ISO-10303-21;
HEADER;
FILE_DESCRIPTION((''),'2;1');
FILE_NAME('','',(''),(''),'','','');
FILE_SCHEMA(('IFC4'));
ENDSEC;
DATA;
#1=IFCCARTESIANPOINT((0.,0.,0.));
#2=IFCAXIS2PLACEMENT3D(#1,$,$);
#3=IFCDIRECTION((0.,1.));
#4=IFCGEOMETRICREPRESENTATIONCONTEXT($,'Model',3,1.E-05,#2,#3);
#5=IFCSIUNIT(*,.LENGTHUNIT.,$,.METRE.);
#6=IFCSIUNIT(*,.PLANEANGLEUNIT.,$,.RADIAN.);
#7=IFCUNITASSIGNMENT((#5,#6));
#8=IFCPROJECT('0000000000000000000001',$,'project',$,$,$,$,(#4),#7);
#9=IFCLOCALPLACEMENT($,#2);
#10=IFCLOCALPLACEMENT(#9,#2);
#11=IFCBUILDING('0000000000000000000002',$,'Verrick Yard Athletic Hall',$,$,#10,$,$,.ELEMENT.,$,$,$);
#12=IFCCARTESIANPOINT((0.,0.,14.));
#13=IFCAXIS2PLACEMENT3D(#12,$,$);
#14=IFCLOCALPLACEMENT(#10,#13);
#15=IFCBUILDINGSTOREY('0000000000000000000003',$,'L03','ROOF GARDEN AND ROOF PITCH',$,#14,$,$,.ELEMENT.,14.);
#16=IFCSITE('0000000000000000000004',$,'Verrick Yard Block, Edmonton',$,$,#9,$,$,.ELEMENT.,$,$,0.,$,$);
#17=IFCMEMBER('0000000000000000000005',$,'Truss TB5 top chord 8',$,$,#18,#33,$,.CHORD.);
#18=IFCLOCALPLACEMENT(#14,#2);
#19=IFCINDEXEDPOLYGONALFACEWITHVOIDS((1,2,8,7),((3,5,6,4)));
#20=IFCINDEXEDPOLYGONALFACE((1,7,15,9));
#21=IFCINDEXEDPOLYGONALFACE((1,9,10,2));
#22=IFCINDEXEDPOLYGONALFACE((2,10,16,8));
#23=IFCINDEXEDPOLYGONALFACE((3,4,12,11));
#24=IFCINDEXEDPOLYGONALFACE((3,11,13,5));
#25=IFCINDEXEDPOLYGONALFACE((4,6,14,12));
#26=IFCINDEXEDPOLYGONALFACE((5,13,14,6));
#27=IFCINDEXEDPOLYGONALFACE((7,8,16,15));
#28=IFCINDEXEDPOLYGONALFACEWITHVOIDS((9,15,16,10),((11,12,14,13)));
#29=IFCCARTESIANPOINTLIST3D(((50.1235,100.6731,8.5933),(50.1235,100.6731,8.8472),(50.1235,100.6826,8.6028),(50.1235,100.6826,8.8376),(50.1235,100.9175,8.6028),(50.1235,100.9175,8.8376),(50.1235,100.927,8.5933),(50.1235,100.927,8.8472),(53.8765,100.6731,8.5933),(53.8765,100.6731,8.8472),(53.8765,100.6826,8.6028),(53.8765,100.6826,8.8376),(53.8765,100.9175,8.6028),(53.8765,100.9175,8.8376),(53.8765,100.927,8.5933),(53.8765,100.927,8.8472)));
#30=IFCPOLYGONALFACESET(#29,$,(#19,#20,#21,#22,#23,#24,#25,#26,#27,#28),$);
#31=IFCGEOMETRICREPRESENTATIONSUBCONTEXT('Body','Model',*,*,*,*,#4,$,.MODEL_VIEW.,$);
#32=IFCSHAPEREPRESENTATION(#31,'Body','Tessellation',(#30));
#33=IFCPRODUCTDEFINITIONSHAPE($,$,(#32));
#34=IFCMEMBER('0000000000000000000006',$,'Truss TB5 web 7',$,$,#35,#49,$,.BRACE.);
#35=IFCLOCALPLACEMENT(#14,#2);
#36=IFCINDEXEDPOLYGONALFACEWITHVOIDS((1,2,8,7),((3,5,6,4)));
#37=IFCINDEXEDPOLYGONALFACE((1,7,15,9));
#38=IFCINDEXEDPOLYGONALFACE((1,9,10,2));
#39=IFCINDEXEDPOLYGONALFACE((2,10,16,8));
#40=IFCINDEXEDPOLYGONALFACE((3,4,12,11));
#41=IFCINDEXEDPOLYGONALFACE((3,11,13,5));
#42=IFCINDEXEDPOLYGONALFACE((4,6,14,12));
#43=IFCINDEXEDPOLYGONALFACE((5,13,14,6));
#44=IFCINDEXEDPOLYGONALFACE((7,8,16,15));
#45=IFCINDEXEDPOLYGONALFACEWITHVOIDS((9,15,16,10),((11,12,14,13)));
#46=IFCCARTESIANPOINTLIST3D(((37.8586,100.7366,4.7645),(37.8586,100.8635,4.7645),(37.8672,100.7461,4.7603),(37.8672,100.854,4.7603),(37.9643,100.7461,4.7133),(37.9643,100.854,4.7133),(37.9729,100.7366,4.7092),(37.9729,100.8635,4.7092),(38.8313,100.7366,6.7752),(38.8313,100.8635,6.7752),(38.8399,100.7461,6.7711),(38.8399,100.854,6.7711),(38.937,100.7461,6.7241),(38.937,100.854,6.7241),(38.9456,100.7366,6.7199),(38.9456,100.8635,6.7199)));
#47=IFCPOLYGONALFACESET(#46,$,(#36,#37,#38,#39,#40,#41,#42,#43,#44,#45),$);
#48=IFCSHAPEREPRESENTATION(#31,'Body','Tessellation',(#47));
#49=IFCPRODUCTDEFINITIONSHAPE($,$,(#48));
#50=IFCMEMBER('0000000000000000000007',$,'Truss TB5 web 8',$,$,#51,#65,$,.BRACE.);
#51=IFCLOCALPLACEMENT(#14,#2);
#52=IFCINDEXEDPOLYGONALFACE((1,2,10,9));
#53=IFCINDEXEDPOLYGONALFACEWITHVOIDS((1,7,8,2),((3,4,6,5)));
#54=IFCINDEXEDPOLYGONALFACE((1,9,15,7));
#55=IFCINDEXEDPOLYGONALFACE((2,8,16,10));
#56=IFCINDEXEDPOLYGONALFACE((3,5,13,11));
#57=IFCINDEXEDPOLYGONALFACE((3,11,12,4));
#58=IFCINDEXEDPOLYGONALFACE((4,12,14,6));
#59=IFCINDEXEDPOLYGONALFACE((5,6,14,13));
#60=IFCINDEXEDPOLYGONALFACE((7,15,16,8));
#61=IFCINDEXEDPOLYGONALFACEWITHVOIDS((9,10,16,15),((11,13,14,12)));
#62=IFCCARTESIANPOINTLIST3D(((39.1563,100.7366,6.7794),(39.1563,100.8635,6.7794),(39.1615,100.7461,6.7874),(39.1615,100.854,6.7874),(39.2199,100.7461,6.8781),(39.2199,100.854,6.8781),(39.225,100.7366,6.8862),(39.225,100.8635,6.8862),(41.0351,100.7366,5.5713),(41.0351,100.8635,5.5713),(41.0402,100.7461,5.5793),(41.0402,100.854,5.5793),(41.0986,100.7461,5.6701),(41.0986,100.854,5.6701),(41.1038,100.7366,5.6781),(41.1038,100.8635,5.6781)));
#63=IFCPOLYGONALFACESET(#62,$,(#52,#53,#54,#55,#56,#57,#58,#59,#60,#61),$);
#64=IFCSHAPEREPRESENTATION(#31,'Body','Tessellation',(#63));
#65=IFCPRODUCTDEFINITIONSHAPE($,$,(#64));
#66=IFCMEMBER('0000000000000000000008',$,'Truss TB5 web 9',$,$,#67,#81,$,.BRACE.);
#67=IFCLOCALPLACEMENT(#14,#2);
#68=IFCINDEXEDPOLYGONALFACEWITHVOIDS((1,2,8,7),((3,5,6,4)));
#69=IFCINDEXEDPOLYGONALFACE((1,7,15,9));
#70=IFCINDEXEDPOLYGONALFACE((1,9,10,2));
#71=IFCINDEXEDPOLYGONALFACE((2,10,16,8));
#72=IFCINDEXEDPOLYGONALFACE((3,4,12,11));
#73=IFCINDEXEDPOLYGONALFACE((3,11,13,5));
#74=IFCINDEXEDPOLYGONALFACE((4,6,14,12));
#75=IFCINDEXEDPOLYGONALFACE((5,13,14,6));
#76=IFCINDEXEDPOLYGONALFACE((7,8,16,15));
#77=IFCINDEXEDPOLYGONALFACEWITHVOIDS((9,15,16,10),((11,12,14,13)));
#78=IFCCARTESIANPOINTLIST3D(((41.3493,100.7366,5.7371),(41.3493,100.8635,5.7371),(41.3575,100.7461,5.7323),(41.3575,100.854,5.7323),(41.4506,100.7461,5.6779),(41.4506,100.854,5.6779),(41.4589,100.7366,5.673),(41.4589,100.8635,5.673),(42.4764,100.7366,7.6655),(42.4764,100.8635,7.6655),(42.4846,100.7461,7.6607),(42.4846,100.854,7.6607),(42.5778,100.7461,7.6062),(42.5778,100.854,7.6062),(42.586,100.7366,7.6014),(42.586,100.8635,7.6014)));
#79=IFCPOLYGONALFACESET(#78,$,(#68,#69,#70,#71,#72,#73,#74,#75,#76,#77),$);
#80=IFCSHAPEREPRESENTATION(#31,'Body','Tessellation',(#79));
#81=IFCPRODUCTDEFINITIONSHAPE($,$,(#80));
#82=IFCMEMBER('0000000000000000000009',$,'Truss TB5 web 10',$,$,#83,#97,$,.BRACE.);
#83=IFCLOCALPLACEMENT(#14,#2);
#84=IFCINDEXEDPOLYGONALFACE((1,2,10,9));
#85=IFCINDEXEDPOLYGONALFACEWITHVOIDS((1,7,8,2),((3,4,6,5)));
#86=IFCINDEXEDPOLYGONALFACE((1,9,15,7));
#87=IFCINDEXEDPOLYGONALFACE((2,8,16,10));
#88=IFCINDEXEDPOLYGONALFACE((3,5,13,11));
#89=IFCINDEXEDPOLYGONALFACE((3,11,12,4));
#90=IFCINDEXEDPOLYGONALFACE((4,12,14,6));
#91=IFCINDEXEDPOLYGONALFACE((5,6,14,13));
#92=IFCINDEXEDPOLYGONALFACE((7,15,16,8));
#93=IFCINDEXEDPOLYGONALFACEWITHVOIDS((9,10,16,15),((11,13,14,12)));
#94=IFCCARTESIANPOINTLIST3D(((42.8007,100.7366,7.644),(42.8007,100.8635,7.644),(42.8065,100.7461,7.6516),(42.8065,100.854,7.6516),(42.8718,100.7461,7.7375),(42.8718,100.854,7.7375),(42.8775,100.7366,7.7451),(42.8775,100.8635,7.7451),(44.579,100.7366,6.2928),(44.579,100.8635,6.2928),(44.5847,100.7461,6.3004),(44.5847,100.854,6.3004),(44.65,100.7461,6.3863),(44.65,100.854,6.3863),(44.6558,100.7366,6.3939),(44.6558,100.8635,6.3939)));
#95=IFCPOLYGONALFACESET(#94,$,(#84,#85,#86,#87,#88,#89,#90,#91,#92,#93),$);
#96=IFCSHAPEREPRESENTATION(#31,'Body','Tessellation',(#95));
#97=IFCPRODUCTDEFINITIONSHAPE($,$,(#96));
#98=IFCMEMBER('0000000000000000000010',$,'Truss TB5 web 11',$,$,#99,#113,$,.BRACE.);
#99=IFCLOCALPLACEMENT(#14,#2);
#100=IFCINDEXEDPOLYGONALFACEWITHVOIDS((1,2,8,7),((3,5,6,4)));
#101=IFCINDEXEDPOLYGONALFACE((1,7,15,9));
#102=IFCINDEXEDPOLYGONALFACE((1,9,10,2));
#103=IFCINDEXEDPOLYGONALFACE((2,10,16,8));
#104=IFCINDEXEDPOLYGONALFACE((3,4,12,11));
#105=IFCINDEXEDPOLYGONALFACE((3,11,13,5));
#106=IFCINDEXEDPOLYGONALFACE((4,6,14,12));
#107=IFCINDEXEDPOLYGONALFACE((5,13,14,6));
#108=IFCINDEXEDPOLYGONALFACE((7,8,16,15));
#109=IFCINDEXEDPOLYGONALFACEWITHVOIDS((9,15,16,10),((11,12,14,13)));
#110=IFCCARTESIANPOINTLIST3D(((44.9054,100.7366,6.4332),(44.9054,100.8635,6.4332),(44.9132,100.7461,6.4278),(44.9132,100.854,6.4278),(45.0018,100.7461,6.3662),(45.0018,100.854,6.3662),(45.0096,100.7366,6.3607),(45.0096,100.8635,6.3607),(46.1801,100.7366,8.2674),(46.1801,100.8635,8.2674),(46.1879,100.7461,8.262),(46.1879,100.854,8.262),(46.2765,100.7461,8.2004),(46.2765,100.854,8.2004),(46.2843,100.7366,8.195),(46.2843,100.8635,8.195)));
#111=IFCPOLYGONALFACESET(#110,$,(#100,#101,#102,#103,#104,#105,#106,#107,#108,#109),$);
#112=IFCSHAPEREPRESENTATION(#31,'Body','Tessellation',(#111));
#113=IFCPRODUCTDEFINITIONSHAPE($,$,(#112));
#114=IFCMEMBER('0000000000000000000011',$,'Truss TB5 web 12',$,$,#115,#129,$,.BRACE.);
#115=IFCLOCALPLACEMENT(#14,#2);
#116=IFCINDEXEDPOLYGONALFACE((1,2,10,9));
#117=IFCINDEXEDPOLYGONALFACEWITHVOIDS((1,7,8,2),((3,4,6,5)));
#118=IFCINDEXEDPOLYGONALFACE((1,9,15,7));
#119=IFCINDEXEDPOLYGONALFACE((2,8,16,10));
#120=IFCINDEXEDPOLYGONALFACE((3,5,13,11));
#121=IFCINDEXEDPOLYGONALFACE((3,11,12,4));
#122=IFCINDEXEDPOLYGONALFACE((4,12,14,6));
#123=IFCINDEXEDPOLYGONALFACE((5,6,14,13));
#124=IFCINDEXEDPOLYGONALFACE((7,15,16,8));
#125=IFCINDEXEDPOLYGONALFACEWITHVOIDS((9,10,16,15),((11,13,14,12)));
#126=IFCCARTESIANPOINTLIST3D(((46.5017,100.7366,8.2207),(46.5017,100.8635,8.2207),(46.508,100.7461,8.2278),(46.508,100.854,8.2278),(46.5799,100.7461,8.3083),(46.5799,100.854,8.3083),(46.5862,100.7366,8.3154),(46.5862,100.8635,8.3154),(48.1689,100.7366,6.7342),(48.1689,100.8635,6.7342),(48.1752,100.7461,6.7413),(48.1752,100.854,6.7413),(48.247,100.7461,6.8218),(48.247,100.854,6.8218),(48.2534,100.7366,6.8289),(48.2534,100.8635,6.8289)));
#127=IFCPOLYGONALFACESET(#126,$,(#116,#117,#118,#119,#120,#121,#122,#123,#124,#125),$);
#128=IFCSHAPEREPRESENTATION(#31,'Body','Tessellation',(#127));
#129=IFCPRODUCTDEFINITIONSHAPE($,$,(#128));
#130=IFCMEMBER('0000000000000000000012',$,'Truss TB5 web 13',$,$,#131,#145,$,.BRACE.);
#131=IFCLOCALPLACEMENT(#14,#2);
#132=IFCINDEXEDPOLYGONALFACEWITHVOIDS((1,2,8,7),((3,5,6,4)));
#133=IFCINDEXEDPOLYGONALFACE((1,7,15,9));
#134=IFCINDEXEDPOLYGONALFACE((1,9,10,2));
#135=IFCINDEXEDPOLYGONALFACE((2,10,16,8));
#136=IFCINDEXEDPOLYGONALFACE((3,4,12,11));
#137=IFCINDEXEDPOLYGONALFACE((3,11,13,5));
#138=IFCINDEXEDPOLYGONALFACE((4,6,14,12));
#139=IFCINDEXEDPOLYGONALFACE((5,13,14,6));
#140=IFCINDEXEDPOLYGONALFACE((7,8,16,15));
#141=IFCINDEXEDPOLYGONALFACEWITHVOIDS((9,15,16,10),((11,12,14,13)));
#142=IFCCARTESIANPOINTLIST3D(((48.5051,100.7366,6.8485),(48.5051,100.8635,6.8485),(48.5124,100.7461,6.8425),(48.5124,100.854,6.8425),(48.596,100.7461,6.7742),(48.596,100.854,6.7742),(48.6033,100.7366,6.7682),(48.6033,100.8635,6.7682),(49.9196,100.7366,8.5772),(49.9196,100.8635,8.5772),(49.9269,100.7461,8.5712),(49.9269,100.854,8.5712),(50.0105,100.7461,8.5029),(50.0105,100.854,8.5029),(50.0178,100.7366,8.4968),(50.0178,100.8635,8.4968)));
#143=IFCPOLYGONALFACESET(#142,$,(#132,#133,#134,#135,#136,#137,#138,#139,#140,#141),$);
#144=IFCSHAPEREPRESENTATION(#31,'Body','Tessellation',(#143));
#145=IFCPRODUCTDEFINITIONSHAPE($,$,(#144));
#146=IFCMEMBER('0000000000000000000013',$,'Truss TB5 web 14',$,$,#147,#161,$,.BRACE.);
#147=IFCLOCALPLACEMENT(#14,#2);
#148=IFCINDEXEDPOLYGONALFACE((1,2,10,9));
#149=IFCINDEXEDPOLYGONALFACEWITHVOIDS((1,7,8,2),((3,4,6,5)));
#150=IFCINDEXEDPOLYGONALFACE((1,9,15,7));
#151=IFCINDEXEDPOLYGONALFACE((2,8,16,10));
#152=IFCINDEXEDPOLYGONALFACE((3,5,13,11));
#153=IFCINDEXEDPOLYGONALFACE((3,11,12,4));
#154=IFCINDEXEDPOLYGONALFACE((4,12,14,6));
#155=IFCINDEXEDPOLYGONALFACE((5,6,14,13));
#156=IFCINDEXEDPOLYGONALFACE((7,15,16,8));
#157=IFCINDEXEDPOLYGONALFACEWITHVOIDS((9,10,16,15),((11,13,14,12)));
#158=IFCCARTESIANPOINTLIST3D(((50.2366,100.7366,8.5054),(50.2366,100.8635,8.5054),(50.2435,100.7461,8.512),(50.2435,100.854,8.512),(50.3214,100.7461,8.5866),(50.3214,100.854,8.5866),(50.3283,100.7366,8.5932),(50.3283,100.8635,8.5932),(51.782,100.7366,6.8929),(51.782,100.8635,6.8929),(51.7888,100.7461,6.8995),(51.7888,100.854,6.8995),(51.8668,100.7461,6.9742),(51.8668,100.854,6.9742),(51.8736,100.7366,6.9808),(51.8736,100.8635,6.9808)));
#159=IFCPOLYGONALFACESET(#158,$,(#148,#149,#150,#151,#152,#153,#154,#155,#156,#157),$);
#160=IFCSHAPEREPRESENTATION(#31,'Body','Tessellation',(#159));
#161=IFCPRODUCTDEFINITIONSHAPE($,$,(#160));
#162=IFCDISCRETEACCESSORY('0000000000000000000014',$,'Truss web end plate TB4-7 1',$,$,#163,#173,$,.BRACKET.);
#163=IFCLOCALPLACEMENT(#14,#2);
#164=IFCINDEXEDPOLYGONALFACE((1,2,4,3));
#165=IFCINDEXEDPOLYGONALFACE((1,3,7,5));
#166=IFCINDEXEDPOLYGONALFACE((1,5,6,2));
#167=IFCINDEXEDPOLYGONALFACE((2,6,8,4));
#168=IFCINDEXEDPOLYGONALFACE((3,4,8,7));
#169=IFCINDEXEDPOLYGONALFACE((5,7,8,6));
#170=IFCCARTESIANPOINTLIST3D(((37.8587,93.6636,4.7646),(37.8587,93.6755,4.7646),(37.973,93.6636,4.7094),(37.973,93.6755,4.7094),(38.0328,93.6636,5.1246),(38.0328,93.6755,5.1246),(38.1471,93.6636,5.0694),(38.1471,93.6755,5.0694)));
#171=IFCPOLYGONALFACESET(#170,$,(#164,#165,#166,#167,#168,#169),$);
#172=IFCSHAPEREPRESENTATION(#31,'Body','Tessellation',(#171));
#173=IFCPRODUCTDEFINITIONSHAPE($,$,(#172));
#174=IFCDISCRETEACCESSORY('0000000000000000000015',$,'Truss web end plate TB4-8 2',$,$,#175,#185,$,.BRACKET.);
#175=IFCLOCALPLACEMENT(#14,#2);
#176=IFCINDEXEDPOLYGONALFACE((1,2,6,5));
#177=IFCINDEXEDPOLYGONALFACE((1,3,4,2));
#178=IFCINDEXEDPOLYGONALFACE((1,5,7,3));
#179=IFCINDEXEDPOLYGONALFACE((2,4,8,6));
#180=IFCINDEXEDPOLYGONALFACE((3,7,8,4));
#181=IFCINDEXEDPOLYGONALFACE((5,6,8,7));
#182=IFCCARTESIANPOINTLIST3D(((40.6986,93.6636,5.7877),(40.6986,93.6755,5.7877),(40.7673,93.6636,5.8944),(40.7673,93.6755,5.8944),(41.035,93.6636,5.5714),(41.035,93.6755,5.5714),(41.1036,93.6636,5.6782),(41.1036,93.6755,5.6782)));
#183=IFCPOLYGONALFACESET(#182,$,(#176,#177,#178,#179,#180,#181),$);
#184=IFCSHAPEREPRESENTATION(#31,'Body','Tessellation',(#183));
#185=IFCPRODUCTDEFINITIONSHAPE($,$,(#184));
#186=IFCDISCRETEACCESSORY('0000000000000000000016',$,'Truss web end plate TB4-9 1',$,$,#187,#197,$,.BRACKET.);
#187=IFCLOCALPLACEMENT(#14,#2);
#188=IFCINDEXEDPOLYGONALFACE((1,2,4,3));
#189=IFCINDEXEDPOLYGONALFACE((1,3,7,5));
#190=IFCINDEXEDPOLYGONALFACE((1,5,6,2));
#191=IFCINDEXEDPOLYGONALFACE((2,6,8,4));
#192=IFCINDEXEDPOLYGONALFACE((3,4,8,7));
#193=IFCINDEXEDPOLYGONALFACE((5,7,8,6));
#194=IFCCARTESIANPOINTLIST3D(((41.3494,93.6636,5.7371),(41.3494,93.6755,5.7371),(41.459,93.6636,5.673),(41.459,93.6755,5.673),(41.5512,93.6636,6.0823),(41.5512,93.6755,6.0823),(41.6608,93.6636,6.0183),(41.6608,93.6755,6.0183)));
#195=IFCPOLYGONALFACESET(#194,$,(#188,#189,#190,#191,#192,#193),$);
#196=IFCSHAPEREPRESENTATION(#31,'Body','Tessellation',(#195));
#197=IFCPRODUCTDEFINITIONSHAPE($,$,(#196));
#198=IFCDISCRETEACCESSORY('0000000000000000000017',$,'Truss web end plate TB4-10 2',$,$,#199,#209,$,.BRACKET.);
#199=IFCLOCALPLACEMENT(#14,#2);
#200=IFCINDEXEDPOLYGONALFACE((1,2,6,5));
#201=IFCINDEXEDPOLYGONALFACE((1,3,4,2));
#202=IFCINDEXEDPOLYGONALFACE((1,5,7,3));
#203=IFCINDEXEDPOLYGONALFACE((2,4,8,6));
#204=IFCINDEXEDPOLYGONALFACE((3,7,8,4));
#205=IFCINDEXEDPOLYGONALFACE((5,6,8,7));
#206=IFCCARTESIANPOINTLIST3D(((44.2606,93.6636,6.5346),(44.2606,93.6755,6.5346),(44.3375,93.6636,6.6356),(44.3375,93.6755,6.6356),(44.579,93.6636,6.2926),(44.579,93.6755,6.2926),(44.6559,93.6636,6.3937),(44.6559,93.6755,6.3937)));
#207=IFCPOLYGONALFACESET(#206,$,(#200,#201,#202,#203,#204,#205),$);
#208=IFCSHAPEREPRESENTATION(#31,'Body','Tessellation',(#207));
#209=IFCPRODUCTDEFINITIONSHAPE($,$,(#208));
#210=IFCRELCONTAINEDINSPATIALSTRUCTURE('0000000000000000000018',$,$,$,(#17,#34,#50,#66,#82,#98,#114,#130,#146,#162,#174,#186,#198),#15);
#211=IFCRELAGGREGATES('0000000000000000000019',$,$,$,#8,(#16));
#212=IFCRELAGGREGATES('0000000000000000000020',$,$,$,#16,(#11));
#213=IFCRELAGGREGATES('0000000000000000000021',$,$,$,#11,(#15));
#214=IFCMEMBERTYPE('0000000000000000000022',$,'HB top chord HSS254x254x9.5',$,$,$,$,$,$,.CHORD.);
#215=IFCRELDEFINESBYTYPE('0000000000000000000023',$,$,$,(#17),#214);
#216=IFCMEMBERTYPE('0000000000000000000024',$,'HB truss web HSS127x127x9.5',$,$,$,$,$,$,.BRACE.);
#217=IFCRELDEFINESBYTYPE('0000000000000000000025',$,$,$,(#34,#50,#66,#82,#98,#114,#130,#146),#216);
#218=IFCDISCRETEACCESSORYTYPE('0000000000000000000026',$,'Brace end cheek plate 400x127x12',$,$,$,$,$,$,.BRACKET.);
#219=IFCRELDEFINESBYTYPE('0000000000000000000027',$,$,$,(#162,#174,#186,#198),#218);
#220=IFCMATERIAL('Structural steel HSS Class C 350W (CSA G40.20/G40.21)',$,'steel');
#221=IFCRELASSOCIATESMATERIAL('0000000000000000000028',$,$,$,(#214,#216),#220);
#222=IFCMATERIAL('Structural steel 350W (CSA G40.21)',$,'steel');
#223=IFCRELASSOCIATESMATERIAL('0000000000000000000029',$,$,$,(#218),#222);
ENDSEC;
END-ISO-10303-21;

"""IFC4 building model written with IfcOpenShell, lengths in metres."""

from ifc_helpers import new_model, si_unit, direction, frame, origin, origin_2d, place, context, subcontext, project, spatial, rectangle, hollow_rectangle, extrude, material, material_profile, profile_set, type_object, element, save


model = new_model("IFC4")

# Units and contexts
model_context = context("Model", 3, precision=1e-05, world=origin(), true_north=direction((0.0, 1.0)))
body_context = subcontext(model_context, "Body", "Model", "MODEL_VIEW")
ifc_project = project(units=[si_unit("LENGTHUNIT", "METRE"), si_unit("PLANEANGLEUNIT", "RADIAN")], contexts=[model_context])

# Site, building, storey
site_placement = place(None, origin())
site = spatial("IfcSite", under=ifc_project, at=site_placement, Name="Verrick Yard Block, Edmonton", CompositionType="ELEMENT", RefElevation=0.0)
building_placement = place(site_placement, origin())
building = spatial("IfcBuilding", under=site, at=building_placement, Name="Verrick Yard Athletic Hall", CompositionType="ELEMENT")
storey_placement = place(building_placement, frame((0.0, 0.0, 14.0)))
storey = spatial("IfcBuildingStorey", under=building, at=storey_placement, Name="L03", Description="ROOF GARDEN AND ROOF PITCH", CompositionType="ELEMENT", Elevation=14.0)

# Members
ifc_material_1 = material(Name="Structural steel HSS Class C 350W (CSA G40.20/G40.21)", Category="steel")
ifc_material_profile_1 = material_profile(ifc_material_1, hollow_rectangle(XDim=0.2539, YDim=0.2539, WallThickness=0.0095, at=origin_2d()), Name="HSS254x254x9.5")
ifc_profile_set_1 = profile_set([ifc_material_profile_1], Name="Structural steel HSS Class C 350W (CSA G40.20/G40.21)")
member_type_1 = type_object("IfcMemberType", Name="HB top chord HSS254x254x9.5", PredefinedType="CHORD", material=ifc_profile_set_1)
member_1_placement = place(storey_placement, frame((50.1235, 100.8, 8.7202), z_axis=(1.0, 0.0, 0.0), x_axis=(0.0, 1.0, 0.0)))
element("IfcMember", 1, at=member_1_placement, inside=storey, type_object=member_type_1, Name="Truss TB5 top chord 8", PredefinedType="CHORD", context=body_context, shape_type="SweptSolid", body=[
    extrude(hollow_rectangle(XDim=0.2539, YDim=0.2539, WallThickness=0.0095, at=origin_2d()), origin(), (0.0, 0.0, 1.0), 3.7529),
])
ifc_material_profile_2 = material_profile(ifc_material_1, hollow_rectangle(XDim=0.127, YDim=0.127, WallThickness=0.0095, at=origin_2d()), Name="HSS127x127x9.5")
ifc_profile_set_2 = profile_set([ifc_material_profile_2], Name="Structural steel HSS Class C 350W (CSA G40.20/G40.21)")
member_type_2 = type_object("IfcMemberType", Name="HB truss web HSS127x127x9.5", PredefinedType="BRACE", material=ifc_profile_set_2)
for number, where, z_axis, x_axis, name in (
    (2, (37.9158, 100.8, 4.7368), (0.435458, 0.0, 0.900209), (0.0, 1.0, 0.0), "Truss TB5 web 7"),
    (3, (39.1907, 100.8, 6.8328), (0.841118, 0.0, -0.540852), (0.0, 1.0, 0.0), "Truss TB5 web 8"),
    (4, (41.4041, 100.8, 5.7051), (0.504625, 0.0, 0.863339), (0.0, 1.0, 0.0), "Truss TB5 web 9"),
):
    element("IfcMember", number, at=place(storey_placement, frame(where, z_axis=z_axis, x_axis=x_axis)), inside=storey, type_object=member_type_2, Name=name, PredefinedType="BRACE", context=body_context, shape_type="SweptSolid", body=[
        extrude(hollow_rectangle(XDim=0.127, YDim=0.127, WallThickness=0.0095, at=origin_2d()), origin(), (0.0, 0.0, 1.0), 2.2336),
    ])
member_2_placement = place(storey_placement, frame((42.8391, 100.8, 7.6946), z_axis=(0.796206, 0.0, -0.605025), x_axis=(0.0, 1.0, 0.0)))
element("IfcMember", 5, at=member_2_placement, inside=storey, type_object=member_type_2, Name="Truss TB5 web 10", PredefinedType="BRACE", context=body_context, shape_type="SweptSolid", body=[
    extrude(hollow_rectangle(XDim=0.127, YDim=0.127, WallThickness=0.0095, at=origin_2d()), origin(), (0.0, 0.0, 1.0), 2.2334),
])
for number, where, z_axis, x_axis, name in (
    (6, (44.9575, 100.8, 6.397), (0.570664, 0.0, 0.821184), (0.0, 1.0, 0.0), "Truss TB5 web 11"),
    (7, (46.5439, 100.8, 8.2681), (0.746389, 0.0, -0.66551), (0.0, 1.0, 0.0), "Truss TB5 web 12"),
    (8, (48.5542, 100.8, 6.8083), (0.633268, 0.0, 0.773933), (0.0, 1.0, 0.0), "Truss TB5 web 13"),
):
    element("IfcMember", number, at=place(storey_placement, frame(where, z_axis=z_axis, x_axis=x_axis)), inside=storey, type_object=member_type_2, Name=name, PredefinedType="BRACE", context=body_context, shape_type="SweptSolid", body=[
        extrude(hollow_rectangle(XDim=0.127, YDim=0.127, WallThickness=0.0095, at=origin_2d()), origin(), (0.0, 0.0, 1.0), 2.2336),
    ])
member_3_placement = place(storey_placement, frame((50.2825, 100.8, 8.5493), z_axis=(0.691917, 0.0, -0.721977), x_axis=(0.0, 1.0, 0.0)))
element("IfcMember", 9, at=member_3_placement, inside=storey, type_object=member_type_2, Name="Truss TB5 web 14", PredefinedType="BRACE", context=body_context, shape_type="SweptSolid", body=[
    extrude(hollow_rectangle(XDim=0.127, YDim=0.127, WallThickness=0.0095, at=origin_2d()), origin(), (0.0, 0.0, 1.0), 2.2334),
])

# Discrete accessories
ifc_material_2 = material(Name="Structural steel 350W (CSA G40.21)", Category="steel")
ifc_material_profile_3 = material_profile(ifc_material_2, rectangle(XDim=0.3999, YDim=0.127, at=origin_2d()), Name="Brace end cheek plate")
ifc_profile_set_3 = profile_set([ifc_material_profile_3], Name="Structural steel 350W (CSA G40.21)")
discrete_accessory_type = type_object("IfcDiscreteAccessoryType", Name="Brace end cheek plate 400x127x12", PredefinedType="BRACKET", material=ifc_profile_set_3)
for number, where, z_axis, x_axis, name in (
    (10, (38.0029, 93.6636, 4.917), (0.0, 1.0, 0.0), (0.435417, 0.0, 0.900229), "Truss web end plate TB4-7 1"),
    (11, (40.9011, 93.6636, 5.7329), (0.0, 1.0, 0.0), (-0.841141, 0.0, 0.540816), "Truss web end plate TB4-8 2"),
    (12, (41.5051, 93.6636, 5.8777), (0.0, 1.0, 0.0), (0.504597, 0.0, 0.863355), "Truss web end plate TB4-9 1"),
    (13, (44.4583, 93.6636, 6.4641), (0.0, 1.0, 0.0), (-0.796193, 0.0, 0.605042), "Truss web end plate TB4-10 2"),
):
    element("IfcDiscreteAccessory", number, at=place(storey_placement, frame(where, z_axis=z_axis, x_axis=x_axis)), inside=storey, type_object=discrete_accessory_type, Name=name, PredefinedType="BRACKET", context=body_context, shape_type="SweptSolid", body=[
        extrude(rectangle(XDim=0.3999, YDim=0.127, at=origin_2d()), origin(), (0.0, 0.0, 1.0), 0.012),
    ])

save(model, "model.ifc")
